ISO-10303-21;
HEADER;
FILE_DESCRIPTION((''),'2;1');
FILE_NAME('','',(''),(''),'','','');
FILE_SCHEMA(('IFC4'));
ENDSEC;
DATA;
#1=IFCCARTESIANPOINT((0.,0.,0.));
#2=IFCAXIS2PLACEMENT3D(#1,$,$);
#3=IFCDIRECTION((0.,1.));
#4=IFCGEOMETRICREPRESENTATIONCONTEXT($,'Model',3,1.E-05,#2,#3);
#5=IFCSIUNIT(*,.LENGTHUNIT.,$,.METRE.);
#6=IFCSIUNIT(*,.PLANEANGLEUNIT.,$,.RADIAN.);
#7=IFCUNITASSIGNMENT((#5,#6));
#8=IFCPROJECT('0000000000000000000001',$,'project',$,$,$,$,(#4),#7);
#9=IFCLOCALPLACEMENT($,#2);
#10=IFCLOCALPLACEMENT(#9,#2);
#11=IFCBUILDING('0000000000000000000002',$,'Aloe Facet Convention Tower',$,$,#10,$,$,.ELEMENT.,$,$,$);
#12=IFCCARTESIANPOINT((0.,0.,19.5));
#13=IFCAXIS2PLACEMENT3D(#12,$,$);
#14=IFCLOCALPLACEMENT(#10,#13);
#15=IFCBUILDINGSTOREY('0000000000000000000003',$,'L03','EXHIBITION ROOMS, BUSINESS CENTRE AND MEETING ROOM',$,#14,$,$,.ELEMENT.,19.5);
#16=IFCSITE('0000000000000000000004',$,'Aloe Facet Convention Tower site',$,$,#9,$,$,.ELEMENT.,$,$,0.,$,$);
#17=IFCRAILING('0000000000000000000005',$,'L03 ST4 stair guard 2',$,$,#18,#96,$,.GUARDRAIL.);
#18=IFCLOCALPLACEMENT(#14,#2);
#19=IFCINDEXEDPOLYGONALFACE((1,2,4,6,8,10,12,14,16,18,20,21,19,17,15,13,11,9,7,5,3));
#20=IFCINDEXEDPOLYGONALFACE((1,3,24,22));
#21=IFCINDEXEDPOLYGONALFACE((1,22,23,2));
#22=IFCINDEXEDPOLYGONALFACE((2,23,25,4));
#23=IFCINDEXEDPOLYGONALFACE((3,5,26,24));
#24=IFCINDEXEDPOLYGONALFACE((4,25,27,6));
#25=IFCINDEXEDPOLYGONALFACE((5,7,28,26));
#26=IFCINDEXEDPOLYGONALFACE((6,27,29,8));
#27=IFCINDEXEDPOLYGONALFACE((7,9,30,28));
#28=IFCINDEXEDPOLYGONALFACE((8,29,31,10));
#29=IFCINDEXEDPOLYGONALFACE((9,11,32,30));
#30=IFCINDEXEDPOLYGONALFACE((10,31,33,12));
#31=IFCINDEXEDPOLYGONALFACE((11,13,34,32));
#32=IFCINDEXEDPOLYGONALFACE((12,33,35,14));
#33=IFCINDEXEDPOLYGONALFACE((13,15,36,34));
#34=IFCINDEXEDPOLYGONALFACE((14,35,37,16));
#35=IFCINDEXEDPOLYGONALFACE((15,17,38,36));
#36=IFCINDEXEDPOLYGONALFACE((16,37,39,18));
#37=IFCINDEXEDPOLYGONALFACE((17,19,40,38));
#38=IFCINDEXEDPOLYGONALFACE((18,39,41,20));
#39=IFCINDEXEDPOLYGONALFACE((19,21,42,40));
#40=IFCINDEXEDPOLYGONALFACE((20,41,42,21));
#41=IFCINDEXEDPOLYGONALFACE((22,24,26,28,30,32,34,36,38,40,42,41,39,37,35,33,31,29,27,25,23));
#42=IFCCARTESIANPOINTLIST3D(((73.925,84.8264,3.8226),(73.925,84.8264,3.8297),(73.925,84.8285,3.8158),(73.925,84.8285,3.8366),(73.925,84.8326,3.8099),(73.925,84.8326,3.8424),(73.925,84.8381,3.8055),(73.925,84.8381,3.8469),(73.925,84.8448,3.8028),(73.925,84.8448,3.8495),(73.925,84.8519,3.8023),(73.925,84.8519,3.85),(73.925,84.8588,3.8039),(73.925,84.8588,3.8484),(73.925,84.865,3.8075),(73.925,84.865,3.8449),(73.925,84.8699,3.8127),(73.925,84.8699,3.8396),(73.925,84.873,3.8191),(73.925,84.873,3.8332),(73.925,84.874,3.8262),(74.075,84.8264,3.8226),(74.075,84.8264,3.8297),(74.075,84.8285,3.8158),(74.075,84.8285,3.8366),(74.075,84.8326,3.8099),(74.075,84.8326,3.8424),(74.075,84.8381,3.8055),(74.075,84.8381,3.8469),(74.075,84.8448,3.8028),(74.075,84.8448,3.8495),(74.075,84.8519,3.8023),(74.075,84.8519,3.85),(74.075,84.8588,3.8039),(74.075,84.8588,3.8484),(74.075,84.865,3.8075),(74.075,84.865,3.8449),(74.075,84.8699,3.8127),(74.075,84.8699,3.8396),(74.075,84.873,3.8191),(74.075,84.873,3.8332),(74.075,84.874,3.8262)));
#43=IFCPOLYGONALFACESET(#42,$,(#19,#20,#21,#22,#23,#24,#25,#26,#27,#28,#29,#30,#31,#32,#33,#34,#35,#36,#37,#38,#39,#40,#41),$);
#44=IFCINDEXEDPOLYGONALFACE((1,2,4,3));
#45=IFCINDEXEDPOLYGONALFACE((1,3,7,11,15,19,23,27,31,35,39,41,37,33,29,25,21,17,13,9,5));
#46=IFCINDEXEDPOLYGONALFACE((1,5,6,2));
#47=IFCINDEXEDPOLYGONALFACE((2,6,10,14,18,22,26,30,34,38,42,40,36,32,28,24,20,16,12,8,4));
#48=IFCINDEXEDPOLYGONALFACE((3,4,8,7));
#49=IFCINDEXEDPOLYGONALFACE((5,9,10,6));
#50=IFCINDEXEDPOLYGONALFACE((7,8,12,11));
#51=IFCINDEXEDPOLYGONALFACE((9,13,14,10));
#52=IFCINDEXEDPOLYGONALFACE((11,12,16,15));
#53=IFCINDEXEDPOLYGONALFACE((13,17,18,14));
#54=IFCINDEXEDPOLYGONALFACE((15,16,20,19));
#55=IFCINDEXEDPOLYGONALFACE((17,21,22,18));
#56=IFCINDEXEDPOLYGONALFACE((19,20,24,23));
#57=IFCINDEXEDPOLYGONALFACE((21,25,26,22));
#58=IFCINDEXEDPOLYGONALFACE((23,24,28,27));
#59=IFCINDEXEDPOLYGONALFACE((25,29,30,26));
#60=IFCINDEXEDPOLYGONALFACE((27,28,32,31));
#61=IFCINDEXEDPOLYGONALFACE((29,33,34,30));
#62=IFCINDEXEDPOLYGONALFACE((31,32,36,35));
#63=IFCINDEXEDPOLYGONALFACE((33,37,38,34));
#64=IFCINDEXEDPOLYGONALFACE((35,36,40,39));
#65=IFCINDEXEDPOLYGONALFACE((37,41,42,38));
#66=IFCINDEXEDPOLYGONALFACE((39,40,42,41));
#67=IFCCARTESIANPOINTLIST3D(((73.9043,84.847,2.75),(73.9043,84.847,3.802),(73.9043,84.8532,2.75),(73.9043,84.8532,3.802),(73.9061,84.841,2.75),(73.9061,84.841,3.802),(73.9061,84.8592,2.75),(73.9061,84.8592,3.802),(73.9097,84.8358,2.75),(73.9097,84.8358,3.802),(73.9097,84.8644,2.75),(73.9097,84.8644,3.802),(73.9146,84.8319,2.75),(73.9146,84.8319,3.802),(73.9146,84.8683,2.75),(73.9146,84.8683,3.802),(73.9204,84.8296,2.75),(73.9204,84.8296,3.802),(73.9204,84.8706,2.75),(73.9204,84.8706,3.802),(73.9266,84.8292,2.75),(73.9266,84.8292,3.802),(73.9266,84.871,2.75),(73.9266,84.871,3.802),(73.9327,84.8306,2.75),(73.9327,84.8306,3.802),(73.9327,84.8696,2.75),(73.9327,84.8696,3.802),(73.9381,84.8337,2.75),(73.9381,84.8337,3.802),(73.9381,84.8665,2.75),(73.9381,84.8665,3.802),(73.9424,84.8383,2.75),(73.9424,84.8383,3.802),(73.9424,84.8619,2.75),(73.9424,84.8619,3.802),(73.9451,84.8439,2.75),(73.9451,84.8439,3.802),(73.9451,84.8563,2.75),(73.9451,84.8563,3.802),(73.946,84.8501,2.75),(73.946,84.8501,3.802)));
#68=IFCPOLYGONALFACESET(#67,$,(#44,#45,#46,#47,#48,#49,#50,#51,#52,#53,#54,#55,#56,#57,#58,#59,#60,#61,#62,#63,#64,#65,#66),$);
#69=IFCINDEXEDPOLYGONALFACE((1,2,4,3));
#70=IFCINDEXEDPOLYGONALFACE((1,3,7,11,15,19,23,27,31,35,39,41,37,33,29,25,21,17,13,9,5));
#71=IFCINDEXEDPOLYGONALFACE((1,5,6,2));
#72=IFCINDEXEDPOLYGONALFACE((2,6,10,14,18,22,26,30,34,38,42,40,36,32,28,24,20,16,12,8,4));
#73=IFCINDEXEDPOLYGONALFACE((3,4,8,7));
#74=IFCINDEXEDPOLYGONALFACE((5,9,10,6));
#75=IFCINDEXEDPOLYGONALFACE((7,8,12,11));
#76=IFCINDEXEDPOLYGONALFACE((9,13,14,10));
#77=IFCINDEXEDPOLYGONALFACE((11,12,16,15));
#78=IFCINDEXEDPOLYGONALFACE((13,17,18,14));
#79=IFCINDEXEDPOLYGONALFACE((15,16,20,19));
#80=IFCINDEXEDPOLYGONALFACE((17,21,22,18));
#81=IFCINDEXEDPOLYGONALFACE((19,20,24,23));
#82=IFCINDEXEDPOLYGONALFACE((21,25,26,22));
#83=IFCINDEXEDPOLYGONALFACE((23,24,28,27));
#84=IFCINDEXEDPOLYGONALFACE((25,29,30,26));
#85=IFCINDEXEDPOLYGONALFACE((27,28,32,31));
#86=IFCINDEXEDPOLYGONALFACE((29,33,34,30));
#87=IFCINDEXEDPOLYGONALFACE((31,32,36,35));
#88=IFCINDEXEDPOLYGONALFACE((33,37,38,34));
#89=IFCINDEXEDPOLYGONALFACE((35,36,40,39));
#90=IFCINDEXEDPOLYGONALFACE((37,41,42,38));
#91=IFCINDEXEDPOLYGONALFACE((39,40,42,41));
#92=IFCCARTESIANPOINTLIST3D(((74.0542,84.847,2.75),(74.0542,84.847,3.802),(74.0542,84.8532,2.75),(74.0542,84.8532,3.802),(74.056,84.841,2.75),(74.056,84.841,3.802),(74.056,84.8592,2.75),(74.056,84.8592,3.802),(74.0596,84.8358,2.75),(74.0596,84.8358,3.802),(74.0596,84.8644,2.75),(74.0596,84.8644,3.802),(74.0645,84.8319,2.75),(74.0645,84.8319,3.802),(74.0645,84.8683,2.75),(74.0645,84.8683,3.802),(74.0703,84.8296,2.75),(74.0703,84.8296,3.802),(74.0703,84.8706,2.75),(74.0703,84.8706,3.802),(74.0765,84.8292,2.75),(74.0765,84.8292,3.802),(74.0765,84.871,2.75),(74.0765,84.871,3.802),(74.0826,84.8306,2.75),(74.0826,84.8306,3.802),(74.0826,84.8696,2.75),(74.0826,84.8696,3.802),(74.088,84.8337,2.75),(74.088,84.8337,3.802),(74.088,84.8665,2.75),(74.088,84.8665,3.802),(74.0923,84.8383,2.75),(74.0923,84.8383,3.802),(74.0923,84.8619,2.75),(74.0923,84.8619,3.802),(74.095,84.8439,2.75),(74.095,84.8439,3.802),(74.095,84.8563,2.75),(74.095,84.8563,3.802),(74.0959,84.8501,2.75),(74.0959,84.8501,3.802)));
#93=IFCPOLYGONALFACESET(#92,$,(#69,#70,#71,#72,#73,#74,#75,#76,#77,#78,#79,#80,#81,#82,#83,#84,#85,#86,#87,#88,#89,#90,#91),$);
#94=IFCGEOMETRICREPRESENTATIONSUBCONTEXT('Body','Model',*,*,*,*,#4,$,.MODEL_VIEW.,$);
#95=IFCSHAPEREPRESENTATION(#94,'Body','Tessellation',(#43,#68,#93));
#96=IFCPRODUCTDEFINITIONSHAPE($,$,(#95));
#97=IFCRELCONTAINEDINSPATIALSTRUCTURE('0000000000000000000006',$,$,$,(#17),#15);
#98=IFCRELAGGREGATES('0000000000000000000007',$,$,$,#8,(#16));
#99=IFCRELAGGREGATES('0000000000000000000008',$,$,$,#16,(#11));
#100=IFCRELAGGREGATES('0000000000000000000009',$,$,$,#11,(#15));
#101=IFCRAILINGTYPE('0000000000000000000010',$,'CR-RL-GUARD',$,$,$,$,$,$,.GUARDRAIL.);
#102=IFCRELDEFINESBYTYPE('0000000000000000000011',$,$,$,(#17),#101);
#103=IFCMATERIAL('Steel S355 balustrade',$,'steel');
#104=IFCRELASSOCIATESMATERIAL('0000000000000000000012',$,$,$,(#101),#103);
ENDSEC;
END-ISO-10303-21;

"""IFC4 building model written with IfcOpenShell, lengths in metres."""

from ifc_helpers import new_model, si_unit, direction, frame, origin, origin_2d, place, context, subcontext, project, spatial, circle, extrude, material, type_object, element, save


model = new_model("IFC4")

# Units and contexts
model_context = context("Model", 3, precision=1e-05, world=origin(), true_north=direction((0.0, 1.0)))
body_context = subcontext(model_context, "Body", "Model", "MODEL_VIEW")
ifc_project = project(units=[si_unit("LENGTHUNIT", "METRE"), si_unit("PLANEANGLEUNIT", "RADIAN")], contexts=[model_context])

# Site, building, storey
site_placement = place(None, origin())
site = spatial("IfcSite", under=ifc_project, at=site_placement, Name="Aloe Facet Convention Tower site", CompositionType="ELEMENT", RefElevation=0.0)
building_placement = place(site_placement, origin())
building = spatial("IfcBuilding", under=site, at=building_placement, Name="Aloe Facet Convention Tower", CompositionType="ELEMENT")
storey_placement = place(building_placement, frame((0.0, 0.0, 19.5)))
storey = spatial("IfcBuildingStorey", under=building, at=storey_placement, Name="L03", Description="EXHIBITION ROOMS, BUSINESS CENTRE AND MEETING ROOM", CompositionType="ELEMENT", Elevation=19.5)

# Railing
ifc_material_1 = material(Name="Steel S355 balustrade", Category="steel")
railing_type_1 = type_object("IfcRailingType", Name="CR-RL-GUARD", PredefinedType="GUARDRAIL", material=ifc_material_1)
railing_1_placement = place(storey_placement, frame((73.925, 84.8501, 2.75)))
element("IfcRailing", 1, at=railing_1_placement, inside=storey, type_object=railing_type_1, Name="L03 ST4 stair guard 2", PredefinedType="GUARDRAIL", context=body_context, shape_type="SweptSolid", body=[
    extrude(circle(Radius=0.0239, at=origin_2d()), frame((0.0, 0.0, 1.0762), z_axis=(1.0, 0.0, 0.0), x_axis=(0.0, 1.0, 0.0)), (0.0, 0.0, 1.0), 0.1499),
    extrude(circle(Radius=0.021, at=origin_2d()), origin(), (0.0, 0.0, 1.0), 1.052),
    extrude(circle(Radius=0.021, at=origin_2d()), frame((0.1499, 0.0, 0.0)), (0.0, 0.0, 1.0), 1.052),
])

save(model, "model.ifc")
